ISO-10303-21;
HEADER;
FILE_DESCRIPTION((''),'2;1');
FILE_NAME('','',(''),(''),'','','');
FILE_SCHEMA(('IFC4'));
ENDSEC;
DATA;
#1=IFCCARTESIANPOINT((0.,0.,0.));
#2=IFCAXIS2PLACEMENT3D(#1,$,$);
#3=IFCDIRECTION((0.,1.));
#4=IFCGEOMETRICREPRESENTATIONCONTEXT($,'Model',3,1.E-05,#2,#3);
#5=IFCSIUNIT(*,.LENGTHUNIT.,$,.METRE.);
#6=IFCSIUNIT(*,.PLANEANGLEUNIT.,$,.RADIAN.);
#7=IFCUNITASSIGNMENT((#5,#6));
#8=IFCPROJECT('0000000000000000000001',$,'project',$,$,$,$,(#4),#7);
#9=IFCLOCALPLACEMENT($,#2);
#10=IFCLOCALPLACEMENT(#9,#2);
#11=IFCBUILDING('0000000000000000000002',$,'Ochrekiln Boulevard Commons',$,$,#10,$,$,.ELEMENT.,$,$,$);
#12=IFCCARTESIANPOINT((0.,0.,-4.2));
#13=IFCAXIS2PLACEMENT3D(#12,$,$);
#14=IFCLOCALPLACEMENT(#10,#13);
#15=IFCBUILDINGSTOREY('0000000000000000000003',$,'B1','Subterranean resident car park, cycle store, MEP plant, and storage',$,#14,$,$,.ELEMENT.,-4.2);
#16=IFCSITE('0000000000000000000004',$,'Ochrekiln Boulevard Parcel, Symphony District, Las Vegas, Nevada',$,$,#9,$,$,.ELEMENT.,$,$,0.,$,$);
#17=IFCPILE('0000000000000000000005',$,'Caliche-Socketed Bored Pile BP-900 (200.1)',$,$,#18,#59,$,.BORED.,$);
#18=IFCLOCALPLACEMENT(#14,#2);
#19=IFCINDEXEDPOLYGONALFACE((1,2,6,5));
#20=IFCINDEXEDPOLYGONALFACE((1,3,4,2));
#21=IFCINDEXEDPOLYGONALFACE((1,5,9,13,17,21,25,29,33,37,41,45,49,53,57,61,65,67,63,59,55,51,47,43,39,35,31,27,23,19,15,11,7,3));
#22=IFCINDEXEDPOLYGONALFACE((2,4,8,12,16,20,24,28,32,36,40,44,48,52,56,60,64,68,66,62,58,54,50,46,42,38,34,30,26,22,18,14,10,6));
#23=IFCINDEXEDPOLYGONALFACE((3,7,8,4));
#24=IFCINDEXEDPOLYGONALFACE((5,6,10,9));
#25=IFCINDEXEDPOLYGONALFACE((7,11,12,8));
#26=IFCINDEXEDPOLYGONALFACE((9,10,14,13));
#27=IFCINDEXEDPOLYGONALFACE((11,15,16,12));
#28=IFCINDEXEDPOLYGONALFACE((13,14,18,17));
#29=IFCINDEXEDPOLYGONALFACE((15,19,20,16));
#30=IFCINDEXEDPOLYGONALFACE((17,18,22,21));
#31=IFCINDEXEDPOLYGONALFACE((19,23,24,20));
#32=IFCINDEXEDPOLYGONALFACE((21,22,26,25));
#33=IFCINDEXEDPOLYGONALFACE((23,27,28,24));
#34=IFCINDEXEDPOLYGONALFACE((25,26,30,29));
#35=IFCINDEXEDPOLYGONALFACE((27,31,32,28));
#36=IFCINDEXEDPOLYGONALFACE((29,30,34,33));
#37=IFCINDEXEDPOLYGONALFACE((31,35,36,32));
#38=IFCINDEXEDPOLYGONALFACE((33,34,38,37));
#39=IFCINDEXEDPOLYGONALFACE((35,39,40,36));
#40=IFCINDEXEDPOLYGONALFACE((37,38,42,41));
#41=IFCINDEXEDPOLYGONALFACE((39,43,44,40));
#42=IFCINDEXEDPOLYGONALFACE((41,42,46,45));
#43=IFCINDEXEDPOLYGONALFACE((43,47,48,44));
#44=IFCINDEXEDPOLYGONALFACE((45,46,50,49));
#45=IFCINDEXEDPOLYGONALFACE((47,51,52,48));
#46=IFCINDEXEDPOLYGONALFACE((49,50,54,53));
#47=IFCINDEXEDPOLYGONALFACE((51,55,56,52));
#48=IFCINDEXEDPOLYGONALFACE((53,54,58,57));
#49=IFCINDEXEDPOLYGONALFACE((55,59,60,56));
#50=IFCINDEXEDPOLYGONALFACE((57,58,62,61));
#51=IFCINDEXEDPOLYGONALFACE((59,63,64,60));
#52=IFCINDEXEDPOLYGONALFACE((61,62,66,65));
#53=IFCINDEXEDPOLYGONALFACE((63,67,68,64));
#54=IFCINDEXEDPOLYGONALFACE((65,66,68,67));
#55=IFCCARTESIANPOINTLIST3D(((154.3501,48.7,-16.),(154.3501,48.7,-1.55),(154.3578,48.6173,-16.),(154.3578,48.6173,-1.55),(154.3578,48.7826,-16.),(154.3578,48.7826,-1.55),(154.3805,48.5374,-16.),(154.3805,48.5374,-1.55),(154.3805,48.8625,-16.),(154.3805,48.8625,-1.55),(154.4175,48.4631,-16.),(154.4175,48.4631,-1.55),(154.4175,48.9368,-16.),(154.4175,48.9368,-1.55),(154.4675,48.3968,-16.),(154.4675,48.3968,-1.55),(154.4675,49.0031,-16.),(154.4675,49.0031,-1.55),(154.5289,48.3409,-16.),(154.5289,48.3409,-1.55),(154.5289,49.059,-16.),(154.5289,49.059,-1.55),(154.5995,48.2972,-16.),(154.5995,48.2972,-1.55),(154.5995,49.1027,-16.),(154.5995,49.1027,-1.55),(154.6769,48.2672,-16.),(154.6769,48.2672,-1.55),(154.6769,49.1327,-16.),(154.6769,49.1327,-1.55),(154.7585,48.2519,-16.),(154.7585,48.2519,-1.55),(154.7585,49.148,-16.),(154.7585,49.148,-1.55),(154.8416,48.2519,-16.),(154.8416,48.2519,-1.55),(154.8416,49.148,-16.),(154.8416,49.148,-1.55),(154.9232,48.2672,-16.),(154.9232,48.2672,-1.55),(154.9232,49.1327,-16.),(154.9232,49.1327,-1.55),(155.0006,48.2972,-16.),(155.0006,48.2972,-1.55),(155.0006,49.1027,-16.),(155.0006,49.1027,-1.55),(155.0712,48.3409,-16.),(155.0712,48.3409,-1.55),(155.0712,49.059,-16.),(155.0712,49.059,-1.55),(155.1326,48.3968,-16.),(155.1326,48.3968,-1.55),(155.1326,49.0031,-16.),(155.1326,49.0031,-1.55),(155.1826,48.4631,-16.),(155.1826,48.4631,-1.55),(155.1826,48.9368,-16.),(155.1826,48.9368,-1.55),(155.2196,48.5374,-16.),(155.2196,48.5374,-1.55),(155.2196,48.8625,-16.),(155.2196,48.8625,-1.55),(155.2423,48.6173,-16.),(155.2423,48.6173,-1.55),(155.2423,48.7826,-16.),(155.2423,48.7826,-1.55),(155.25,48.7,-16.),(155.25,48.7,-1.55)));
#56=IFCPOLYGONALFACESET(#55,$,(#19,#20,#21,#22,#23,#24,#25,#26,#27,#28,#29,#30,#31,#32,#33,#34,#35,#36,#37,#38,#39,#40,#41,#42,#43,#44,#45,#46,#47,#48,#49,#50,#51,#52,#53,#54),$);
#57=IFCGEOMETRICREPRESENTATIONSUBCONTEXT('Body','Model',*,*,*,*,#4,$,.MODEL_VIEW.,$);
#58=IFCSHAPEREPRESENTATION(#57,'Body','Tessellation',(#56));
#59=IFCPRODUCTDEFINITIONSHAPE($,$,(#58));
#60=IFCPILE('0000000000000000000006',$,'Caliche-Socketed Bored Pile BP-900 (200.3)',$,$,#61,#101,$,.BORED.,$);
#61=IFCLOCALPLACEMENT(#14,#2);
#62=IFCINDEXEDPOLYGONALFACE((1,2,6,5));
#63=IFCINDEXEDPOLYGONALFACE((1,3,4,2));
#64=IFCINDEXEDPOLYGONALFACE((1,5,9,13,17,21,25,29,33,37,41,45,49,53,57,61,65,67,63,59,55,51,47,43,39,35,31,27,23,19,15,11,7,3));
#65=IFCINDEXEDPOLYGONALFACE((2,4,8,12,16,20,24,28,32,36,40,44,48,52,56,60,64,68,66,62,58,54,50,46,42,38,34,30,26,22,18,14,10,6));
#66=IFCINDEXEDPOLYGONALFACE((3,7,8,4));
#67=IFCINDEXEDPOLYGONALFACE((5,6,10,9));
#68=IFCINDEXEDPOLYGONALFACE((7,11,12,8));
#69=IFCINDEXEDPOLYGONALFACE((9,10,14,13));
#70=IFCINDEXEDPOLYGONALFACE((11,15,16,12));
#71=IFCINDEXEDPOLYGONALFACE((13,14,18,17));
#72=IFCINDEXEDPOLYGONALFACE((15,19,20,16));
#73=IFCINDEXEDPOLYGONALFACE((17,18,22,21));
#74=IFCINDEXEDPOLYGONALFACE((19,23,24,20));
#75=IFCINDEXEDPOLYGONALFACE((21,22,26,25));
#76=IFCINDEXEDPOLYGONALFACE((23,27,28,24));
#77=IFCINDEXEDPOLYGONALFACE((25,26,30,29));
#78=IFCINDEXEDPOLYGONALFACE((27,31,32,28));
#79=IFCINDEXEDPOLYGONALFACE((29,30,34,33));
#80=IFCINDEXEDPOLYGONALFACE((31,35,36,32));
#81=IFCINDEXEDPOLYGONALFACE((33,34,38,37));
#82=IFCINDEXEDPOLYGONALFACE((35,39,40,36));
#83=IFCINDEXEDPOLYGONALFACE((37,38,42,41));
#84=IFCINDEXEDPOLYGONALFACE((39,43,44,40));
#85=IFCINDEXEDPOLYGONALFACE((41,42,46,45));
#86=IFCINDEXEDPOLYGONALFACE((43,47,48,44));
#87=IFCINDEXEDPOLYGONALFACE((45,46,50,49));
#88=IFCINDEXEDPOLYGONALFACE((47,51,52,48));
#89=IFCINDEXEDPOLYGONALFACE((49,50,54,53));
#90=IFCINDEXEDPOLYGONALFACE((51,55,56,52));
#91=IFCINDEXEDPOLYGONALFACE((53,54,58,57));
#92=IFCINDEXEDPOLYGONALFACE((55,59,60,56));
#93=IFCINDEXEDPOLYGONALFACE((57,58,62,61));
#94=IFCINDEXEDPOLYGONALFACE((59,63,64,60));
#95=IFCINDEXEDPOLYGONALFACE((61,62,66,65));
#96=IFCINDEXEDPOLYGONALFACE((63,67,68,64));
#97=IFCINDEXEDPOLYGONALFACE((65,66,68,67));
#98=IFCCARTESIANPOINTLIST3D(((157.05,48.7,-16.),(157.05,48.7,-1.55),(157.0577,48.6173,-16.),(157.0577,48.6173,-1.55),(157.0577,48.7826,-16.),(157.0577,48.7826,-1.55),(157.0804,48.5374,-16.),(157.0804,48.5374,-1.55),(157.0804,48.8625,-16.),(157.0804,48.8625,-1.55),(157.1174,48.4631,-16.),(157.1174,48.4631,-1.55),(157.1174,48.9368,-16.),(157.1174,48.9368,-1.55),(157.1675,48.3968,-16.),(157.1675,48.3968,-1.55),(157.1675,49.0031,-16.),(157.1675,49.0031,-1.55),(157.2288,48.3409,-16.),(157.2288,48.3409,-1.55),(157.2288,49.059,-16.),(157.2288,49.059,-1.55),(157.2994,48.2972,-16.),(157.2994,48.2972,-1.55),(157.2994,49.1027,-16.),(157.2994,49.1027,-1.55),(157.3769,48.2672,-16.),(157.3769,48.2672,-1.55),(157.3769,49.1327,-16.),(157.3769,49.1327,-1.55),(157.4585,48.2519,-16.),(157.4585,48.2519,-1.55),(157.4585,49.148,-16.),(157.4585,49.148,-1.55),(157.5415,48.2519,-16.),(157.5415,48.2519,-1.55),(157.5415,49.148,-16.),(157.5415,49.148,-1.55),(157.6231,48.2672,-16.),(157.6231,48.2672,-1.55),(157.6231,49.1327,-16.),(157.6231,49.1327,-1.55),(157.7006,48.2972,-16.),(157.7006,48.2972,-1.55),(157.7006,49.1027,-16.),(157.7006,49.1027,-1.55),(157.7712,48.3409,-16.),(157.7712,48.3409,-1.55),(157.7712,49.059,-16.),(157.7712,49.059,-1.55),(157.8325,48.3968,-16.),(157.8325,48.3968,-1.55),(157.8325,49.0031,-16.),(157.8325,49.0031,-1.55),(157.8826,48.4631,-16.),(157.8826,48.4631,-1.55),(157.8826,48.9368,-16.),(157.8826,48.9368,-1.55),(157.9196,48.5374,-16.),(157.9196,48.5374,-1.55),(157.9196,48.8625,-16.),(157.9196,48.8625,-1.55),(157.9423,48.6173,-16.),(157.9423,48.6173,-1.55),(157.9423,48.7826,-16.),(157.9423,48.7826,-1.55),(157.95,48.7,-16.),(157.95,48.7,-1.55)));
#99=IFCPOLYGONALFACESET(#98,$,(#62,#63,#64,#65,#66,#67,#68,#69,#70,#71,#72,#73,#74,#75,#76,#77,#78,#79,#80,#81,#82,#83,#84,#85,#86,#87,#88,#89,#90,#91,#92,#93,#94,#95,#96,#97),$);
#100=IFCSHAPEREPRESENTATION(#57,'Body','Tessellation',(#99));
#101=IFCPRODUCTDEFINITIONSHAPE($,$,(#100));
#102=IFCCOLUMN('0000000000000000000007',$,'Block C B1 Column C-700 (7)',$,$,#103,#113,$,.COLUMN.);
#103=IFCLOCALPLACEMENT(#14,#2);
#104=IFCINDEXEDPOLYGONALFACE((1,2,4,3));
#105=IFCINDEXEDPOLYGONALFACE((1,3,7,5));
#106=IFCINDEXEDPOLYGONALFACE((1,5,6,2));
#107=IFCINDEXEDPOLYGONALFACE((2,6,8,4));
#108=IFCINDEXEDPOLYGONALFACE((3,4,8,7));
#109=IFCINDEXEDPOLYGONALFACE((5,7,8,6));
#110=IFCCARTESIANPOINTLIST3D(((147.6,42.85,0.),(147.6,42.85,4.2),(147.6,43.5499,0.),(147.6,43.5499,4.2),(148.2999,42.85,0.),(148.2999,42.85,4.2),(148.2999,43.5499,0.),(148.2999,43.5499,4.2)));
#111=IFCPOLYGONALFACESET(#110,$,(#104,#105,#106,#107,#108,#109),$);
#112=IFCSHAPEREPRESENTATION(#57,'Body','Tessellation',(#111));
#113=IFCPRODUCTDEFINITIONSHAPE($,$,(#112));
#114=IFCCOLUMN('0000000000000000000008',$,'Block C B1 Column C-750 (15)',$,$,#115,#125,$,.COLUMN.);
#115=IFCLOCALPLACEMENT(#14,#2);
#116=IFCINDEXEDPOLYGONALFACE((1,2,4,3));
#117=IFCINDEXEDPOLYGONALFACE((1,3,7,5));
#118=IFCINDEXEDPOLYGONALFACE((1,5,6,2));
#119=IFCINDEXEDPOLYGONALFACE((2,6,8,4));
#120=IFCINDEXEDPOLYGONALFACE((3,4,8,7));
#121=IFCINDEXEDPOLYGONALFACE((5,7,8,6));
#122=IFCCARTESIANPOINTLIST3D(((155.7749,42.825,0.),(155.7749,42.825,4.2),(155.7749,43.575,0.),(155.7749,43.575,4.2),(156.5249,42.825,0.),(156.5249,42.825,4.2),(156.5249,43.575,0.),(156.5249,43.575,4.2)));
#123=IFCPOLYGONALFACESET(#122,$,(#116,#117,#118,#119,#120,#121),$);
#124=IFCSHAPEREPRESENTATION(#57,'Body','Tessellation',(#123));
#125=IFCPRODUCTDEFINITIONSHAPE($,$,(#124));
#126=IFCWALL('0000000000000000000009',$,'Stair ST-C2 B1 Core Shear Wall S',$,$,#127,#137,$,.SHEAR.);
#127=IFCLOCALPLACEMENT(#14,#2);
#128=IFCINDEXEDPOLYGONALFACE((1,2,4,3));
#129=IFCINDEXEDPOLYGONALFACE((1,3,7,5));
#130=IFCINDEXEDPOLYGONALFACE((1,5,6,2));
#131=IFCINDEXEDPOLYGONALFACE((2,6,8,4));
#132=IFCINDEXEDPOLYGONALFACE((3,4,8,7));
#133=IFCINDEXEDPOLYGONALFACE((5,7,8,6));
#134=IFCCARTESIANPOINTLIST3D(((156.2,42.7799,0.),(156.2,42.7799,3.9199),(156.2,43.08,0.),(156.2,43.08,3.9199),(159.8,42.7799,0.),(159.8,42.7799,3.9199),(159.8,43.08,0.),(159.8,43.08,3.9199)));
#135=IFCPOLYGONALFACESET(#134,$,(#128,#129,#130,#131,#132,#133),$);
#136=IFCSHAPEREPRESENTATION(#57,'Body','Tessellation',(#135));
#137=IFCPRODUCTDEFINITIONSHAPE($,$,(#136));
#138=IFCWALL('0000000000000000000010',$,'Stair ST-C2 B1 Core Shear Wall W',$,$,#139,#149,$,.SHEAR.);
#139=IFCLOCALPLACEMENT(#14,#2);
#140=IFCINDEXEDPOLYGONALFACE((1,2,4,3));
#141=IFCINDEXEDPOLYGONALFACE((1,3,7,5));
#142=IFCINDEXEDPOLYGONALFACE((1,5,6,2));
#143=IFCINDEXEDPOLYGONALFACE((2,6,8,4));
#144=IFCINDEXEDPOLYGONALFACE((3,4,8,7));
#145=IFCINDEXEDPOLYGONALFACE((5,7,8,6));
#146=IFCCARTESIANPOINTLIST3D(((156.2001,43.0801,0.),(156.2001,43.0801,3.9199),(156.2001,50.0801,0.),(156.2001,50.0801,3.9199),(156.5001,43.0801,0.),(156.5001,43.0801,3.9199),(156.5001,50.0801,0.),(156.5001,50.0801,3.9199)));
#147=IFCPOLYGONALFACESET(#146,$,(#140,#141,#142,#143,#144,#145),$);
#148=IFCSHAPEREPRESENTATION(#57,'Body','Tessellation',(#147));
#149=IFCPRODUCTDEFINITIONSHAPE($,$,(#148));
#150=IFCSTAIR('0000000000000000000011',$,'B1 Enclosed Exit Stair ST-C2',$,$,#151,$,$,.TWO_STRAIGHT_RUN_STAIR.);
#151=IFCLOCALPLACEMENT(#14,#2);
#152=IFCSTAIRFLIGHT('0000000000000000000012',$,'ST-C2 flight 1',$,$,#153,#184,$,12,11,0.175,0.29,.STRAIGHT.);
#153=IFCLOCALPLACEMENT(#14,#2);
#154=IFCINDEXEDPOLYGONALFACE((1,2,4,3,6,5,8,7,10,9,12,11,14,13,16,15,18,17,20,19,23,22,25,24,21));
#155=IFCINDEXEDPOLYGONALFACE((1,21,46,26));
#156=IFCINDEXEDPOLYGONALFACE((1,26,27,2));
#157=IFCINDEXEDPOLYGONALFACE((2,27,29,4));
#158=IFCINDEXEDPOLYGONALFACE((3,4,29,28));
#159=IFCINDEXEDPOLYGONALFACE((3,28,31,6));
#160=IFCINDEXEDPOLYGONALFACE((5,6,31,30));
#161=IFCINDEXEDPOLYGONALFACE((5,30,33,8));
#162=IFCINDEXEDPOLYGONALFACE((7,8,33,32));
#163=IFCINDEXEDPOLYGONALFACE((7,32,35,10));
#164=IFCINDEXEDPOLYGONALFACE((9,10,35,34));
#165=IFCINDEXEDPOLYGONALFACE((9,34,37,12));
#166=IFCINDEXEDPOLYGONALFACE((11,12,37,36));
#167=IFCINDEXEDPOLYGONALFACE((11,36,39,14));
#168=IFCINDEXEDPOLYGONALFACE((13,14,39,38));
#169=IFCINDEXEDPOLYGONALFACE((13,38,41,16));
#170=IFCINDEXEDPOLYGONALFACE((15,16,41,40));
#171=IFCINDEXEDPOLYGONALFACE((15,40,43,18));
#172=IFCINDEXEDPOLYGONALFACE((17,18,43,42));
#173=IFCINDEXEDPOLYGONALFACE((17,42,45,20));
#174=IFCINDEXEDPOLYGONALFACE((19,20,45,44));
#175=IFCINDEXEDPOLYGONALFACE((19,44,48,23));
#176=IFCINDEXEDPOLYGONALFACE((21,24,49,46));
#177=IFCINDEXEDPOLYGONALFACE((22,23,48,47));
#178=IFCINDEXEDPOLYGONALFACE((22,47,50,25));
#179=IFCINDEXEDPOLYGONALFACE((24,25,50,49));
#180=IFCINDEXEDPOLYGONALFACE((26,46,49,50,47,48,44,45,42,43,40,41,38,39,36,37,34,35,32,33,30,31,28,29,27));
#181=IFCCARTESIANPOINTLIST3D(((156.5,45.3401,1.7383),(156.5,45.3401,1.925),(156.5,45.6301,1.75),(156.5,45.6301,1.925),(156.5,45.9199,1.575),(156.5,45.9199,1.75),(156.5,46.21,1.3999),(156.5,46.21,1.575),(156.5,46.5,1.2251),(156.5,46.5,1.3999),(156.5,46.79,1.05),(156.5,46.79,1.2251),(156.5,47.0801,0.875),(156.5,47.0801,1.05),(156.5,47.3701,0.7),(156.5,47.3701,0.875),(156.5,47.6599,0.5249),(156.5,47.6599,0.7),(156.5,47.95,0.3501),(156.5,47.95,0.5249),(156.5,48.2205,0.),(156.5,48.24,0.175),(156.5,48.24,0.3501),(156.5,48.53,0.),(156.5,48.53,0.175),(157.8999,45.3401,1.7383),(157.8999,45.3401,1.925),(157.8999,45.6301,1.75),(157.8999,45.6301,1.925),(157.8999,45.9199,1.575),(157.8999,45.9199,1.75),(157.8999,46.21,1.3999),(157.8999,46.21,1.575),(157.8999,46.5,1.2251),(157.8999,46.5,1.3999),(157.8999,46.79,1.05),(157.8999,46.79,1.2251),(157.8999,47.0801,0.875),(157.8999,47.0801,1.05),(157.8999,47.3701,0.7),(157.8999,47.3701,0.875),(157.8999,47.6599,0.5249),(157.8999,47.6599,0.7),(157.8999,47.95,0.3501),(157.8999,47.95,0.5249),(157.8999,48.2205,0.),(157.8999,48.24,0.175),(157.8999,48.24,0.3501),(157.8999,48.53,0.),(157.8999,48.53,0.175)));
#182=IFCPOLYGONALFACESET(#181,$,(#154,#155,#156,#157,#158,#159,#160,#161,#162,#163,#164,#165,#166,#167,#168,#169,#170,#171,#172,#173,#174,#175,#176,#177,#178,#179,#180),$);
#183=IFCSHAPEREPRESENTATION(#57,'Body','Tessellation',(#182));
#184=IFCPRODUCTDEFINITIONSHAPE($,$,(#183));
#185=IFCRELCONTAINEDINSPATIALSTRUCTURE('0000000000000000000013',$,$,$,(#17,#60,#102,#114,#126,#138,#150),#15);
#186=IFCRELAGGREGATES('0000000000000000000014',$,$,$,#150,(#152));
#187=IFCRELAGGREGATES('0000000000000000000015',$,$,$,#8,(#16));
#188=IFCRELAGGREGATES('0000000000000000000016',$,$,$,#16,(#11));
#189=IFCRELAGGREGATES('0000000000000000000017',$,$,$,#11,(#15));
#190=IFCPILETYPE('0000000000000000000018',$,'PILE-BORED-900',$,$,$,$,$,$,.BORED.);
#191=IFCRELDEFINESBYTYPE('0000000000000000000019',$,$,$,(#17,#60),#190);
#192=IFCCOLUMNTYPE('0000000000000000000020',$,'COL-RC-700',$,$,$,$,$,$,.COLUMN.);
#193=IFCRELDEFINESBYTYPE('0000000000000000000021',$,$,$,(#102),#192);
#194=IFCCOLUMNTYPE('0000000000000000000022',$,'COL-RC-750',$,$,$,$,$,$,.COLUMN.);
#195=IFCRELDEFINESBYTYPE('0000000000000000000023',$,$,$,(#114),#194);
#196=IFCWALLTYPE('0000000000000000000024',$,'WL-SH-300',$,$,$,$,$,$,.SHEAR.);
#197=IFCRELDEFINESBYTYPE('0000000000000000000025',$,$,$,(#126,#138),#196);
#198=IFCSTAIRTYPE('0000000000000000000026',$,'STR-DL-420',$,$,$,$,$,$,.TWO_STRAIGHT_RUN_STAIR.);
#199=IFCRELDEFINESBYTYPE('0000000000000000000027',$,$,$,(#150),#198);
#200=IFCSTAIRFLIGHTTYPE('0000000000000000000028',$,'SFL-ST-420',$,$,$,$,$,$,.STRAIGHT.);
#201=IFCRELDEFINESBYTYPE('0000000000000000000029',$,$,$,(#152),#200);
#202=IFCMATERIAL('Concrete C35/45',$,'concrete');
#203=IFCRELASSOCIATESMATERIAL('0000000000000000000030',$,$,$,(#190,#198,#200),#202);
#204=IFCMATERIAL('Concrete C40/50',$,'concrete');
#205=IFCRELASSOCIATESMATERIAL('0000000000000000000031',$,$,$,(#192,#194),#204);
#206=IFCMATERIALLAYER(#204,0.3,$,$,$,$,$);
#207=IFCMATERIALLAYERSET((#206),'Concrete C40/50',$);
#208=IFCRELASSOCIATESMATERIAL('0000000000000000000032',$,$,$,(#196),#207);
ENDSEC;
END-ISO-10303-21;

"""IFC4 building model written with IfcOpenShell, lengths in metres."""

from ifc_helpers import new_model, si_unit, direction, frame, frame_2d, origin, origin_2d, place, context, subcontext, project, spatial, polyline, rectangle, circle, outline, extrude, material, layer, layer_set, material_profile, profile_set, type_object, element, aggregate, save


model = new_model("IFC4")

# Units and contexts
model_context = context("Model", 3, precision=1e-05, world=origin(), true_north=direction((0.0, 1.0)))
body_context = subcontext(model_context, "Body", "Model", "MODEL_VIEW")
ifc_project = project(units=[si_unit("LENGTHUNIT", "METRE"), si_unit("PLANEANGLEUNIT", "RADIAN")], contexts=[model_context])

# Site, building, storey
site_placement = place(None, origin())
site = spatial("IfcSite", under=ifc_project, at=site_placement, Name="Ochrekiln Boulevard Parcel, Symphony District, Las Vegas, Nevada", CompositionType="ELEMENT", RefElevation=0.0)
building_placement = place(site_placement, origin())
building = spatial("IfcBuilding", under=site, at=building_placement, Name="Ochrekiln Boulevard Commons", CompositionType="ELEMENT")
storey_placement = place(building_placement, frame((0.0, 0.0, -4.2)))
storey = spatial("IfcBuildingStorey", under=building, at=storey_placement, Name="B1", Description="Subterranean resident car park, cycle store, MEP plant, and storage", CompositionType="ELEMENT", Elevation=-4.2)

# Shared definitions
ifc_material_1 = material(Name="Concrete C35/45", Category="concrete")

# Piles
ifc_material_profile_1 = material_profile(ifc_material_1, circle(Radius=0.45, at=origin_2d()), Name="PILE-D900")
ifc_profile_set_1 = profile_set([ifc_material_profile_1], Name="Concrete C35/45")
pile_type = type_object("IfcPileType", Name="PILE-BORED-900", PredefinedType="BORED", material=ifc_profile_set_1)
for number, where, z_axis, x_axis, name in (
    (1, (154.8, 48.7, -1.55), (0.0, 0.0, -1.0), (1.0, 0.0, 0.0), "Caliche-Socketed Bored Pile BP-900 (200.1)"),
    (2, (157.5, 48.7, -1.55), (0.0, 0.0, -1.0), (1.0, 0.0, 0.0), "Caliche-Socketed Bored Pile BP-900 (200.3)"),
):
    element("IfcPile", number, at=place(storey_placement, frame(where, z_axis=z_axis, x_axis=x_axis)), inside=storey, type_object=pile_type, Name=name, PredefinedType="BORED", context=body_context, shape_type="SweptSolid", body=[
        extrude(circle(Radius=0.45, at=origin_2d()), origin(), (0.0, 0.0, 1.0), 14.45),
    ])

# Columns
ifc_material_2 = material(Name="Concrete C40/50", Category="concrete")
ifc_material_profile_2 = material_profile(ifc_material_2, rectangle(XDim=0.7, YDim=0.7, at=origin_2d()), Name="RC-COL-700x700")
ifc_profile_set_2 = profile_set([ifc_material_profile_2], Name="Concrete C40/50")
column_type_1 = type_object("IfcColumnType", Name="COL-RC-700", PredefinedType="COLUMN", material=ifc_profile_set_2)
column_1_placement = place(storey_placement, frame((147.95, 43.2, 0.0), z_axis=(0.0, 0.0, 1.0), x_axis=(1.0, 0.0, 0.0)))
element("IfcColumn", 3, at=column_1_placement, inside=storey, type_object=column_type_1, Name="Block C B1 Column C-700 (7)", PredefinedType="COLUMN", context=body_context, shape_type="SweptSolid", body=[
    extrude(rectangle(XDim=0.7, YDim=0.7, at=origin_2d()), origin(), (0.0, 0.0, 1.0), 4.2),
])
ifc_material_profile_3 = material_profile(ifc_material_2, rectangle(XDim=0.75, YDim=0.75, at=origin_2d()), Name="RC-COL-750x750")
ifc_profile_set_3 = profile_set([ifc_material_profile_3], Name="Concrete C40/50")
column_type_2 = type_object("IfcColumnType", Name="COL-RC-750", PredefinedType="COLUMN", material=ifc_profile_set_3)
column_2_placement = place(storey_placement, frame((156.1499, 43.2, 0.0), z_axis=(0.0, 0.0, 1.0), x_axis=(1.0, 0.0, 0.0)))
element("IfcColumn", 4, at=column_2_placement, inside=storey, type_object=column_type_2, Name="Block C B1 Column C-750 (15)", PredefinedType="COLUMN", context=body_context, shape_type="SweptSolid", body=[
    extrude(rectangle(XDim=0.75, YDim=0.75, at=origin_2d()), origin(), (0.0, 0.0, 1.0), 4.2),
])

# Walls
ifc_layer = layer(ifc_material_2, 0.3)
ifc_layer_set = layer_set([ifc_layer], Name="Concrete C40/50")
wall_type = type_object("IfcWallType", Name="WL-SH-300", PredefinedType="SHEAR", material=ifc_layer_set)
wall_1_placement = place(storey_placement, frame((156.2, 42.9299, 0.0), z_axis=(0.0, 0.0, 1.0), x_axis=(1.0, 0.0, 0.0)))
element("IfcWall", 5, at=wall_1_placement, inside=storey, type_object=wall_type, Name="Stair ST-C2 B1 Core Shear Wall S", PredefinedType="SHEAR", context=body_context, shape_type="SweptSolid", body=[
    extrude(rectangle(XDim=3.6001, YDim=0.3, at=frame_2d((1.8, 0.0))), origin(), (0.0, 0.0, 1.0), 3.9199),
])
wall_2_placement = place(storey_placement, frame((156.3501, 43.0801, 0.0), z_axis=(0.0, 0.0, 1.0), x_axis=(0.0, 1.0, 0.0)))
element("IfcWall", 6, at=wall_2_placement, inside=storey, type_object=wall_type, Name="Stair ST-C2 B1 Core Shear Wall W", PredefinedType="SHEAR", context=body_context, shape_type="SweptSolid", body=[
    extrude(rectangle(XDim=7.0, YDim=0.3, at=frame_2d((3.5, 0.0))), origin(), (0.0, 0.0, 1.0), 3.9199),
])

# Stair, stair flight
stair_type = type_object("IfcStairType", Name="STR-DL-420", PredefinedType="TWO_STRAIGHT_RUN_STAIR", material=ifc_material_1)
stair_placement = place(storey_placement, origin())
stair = element("IfcStair", 7, at=stair_placement, inside=storey, type_object=stair_type, Name="B1 Enclosed Exit Stair ST-C2", PredefinedType="TWO_STRAIGHT_RUN_STAIR")
stair_flight_type = type_object("IfcStairFlightType", Name="SFL-ST-420", PredefinedType="STRAIGHT", material=ifc_material_1)
stair_flight_placement = place(storey_placement, frame((157.2, 48.53, 0.0), z_axis=(0.0, 0.0, 1.0), x_axis=(0.0, -1.0, 0.0)))
stair_flight = element("IfcStairFlight", 8, at=stair_flight_placement, type_object=stair_flight_type, Name="ST-C2 flight 1", NumberOfRisers=12, NumberOfTreads=11, PredefinedType="STRAIGHT", RiserHeight=0.175, TreadLength=0.29, context=body_context, shape_type="SweptSolid", body=[
    extrude(outline(polyline([(0.0, 0.0), (0.0, 0.175), (0.29, 0.175), (0.29, 0.3501), (0.5801, 0.3501), (0.5801, 0.5249), (0.8701, 0.5249), (0.8701, 0.7), (1.1599, 0.7), (1.1599, 0.875), (1.45, 0.875), (1.45, 1.05), (1.74, 1.05), (1.74, 1.2251), (2.03, 1.2251), (2.03, 1.3999), (2.3201, 1.3999), (2.3201, 1.575), (2.6101, 1.575), (2.6101, 1.75), (2.8999, 1.75), (2.8999, 1.925), (3.1899, 1.925), (3.1899, 2.1001), (3.1899, 1.7383), (0.3096, 0.0), (0.0, 0.0)])), frame((0.0, 0.7, 0.0), z_axis=(0.0, -1.0, 0.0), x_axis=(1.0, 0.0, 0.0)), (0.0, 0.0, 1.0), 1.3999),
])
aggregate(stair, [stair_flight])

save(model, "model.ifc")
